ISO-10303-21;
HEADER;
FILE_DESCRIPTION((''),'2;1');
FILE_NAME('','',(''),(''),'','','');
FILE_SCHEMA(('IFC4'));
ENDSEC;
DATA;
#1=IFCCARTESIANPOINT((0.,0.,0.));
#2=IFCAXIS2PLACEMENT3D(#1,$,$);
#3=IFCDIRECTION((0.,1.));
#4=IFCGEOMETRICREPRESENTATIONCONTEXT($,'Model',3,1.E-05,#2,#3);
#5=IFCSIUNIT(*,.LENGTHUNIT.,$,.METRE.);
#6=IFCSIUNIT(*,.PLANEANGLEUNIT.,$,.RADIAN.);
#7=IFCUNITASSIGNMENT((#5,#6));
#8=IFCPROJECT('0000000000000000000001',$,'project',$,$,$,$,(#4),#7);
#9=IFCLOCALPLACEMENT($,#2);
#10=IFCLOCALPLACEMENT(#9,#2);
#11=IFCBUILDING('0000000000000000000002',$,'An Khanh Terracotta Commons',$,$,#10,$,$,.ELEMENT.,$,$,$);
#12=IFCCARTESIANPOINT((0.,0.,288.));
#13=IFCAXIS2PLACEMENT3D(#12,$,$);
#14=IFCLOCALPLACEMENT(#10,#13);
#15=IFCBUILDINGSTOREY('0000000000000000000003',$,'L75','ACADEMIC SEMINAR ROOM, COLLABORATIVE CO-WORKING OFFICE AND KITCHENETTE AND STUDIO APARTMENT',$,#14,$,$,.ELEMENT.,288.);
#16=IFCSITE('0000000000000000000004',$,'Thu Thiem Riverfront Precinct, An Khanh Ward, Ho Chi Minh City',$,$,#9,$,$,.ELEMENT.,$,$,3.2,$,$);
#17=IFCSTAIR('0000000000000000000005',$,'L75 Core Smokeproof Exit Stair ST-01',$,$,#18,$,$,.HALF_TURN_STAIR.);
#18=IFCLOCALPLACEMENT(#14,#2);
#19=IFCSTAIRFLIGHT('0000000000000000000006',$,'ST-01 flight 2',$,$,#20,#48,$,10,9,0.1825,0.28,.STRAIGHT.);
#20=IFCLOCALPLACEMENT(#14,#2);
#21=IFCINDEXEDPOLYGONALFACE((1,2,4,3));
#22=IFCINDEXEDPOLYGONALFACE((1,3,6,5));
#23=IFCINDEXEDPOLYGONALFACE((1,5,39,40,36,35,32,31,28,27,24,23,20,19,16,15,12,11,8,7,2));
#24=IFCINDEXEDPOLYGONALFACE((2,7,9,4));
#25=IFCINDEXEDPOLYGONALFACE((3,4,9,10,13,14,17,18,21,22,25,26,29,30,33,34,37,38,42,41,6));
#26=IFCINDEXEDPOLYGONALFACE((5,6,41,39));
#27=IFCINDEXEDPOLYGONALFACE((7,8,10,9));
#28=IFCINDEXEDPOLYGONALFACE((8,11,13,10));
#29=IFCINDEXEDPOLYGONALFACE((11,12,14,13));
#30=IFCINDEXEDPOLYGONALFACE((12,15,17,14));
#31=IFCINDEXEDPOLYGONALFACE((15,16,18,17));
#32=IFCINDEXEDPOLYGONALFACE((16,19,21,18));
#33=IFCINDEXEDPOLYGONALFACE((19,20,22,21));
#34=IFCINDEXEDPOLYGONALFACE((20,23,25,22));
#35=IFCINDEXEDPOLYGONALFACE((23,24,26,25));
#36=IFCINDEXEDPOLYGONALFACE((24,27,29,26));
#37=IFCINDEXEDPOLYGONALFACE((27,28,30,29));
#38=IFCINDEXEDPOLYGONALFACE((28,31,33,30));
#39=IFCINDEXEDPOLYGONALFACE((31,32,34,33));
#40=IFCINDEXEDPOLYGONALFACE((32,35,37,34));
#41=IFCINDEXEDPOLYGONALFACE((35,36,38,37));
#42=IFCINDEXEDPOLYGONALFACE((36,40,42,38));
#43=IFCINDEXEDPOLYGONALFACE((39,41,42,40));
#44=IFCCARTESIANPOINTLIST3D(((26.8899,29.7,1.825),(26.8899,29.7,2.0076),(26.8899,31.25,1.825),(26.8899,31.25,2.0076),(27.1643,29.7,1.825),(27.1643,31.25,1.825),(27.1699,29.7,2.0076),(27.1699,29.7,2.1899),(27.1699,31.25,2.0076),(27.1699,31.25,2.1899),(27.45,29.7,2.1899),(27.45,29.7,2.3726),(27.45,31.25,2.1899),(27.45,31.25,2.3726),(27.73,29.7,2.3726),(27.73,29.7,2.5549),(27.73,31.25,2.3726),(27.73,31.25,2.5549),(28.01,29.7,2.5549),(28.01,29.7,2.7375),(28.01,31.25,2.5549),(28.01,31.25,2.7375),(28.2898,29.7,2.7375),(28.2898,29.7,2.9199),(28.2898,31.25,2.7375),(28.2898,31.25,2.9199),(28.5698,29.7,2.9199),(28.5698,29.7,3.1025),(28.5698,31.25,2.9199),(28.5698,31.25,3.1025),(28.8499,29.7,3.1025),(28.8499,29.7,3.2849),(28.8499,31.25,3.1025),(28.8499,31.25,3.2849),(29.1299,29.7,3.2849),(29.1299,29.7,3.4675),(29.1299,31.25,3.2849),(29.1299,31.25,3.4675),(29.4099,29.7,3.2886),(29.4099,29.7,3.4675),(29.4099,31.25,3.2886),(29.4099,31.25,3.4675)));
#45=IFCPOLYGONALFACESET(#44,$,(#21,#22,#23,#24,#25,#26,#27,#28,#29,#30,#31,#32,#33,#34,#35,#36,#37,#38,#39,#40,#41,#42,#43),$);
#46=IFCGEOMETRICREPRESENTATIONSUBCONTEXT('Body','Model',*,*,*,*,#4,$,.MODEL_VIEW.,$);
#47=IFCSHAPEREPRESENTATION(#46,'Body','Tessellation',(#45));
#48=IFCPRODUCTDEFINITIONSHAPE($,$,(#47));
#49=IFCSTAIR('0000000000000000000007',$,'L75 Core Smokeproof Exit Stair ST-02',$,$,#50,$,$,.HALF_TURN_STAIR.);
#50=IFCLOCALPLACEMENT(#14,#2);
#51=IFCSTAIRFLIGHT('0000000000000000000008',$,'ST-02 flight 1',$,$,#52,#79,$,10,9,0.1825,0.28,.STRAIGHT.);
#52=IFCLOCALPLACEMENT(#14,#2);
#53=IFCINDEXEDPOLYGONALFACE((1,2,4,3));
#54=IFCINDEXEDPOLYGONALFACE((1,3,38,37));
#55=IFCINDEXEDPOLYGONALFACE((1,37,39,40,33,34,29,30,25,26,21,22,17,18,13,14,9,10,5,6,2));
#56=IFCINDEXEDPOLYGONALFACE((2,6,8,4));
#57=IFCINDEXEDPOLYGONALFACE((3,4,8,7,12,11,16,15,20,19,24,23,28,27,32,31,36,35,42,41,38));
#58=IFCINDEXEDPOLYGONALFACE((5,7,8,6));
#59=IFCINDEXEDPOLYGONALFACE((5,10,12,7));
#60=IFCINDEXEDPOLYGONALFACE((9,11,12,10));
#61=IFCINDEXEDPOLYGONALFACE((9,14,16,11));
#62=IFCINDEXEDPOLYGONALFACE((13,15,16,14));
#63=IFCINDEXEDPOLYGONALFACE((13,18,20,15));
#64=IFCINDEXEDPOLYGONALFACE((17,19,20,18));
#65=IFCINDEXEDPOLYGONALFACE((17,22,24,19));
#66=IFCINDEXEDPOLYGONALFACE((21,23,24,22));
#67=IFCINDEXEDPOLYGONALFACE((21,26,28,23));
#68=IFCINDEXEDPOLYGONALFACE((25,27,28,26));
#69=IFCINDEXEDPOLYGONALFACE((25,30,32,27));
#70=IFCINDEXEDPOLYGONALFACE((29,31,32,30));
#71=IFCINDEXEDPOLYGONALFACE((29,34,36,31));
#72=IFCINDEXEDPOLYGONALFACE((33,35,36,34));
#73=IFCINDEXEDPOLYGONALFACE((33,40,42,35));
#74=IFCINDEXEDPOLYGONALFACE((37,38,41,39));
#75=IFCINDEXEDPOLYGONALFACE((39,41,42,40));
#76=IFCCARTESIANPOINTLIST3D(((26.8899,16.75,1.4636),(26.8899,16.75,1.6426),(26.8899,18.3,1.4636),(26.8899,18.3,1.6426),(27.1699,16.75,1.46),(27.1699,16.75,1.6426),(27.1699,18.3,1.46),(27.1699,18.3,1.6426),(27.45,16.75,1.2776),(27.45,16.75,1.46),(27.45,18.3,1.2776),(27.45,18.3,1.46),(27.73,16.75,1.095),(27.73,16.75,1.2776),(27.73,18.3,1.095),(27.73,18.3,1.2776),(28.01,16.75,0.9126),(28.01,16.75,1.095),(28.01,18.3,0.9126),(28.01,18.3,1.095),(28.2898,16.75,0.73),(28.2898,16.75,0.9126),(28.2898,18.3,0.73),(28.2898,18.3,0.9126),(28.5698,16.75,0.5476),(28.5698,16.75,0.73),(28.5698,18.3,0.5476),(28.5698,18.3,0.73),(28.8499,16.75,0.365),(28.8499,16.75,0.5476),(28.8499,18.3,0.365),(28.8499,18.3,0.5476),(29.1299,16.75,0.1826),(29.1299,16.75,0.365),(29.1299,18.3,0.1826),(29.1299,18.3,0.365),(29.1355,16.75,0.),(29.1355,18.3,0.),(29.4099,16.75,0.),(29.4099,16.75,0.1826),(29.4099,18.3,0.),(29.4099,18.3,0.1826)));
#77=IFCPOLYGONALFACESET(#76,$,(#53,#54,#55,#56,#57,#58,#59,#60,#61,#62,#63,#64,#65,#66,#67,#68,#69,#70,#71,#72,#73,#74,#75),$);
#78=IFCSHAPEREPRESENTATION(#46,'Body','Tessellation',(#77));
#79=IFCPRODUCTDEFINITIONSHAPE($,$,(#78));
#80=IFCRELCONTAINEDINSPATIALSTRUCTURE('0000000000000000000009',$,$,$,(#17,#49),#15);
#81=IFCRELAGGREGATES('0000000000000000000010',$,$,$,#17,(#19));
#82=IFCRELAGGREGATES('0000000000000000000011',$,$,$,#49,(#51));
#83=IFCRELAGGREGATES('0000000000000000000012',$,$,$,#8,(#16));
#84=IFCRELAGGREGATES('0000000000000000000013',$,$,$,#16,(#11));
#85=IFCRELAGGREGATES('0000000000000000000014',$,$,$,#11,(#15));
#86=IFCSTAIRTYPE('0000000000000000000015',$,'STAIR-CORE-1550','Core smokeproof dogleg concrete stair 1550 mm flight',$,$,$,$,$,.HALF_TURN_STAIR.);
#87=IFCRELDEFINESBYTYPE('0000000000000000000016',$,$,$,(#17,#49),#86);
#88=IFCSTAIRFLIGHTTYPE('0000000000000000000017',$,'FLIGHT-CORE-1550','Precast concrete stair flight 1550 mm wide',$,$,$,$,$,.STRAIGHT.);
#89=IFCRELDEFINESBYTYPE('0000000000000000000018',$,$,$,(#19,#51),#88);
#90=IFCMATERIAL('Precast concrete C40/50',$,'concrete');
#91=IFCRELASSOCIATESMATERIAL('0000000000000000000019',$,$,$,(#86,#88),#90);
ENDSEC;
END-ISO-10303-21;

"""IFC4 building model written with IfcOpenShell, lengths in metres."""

from ifc_helpers import new_model, si_unit, direction, frame, origin, place, context, subcontext, project, spatial, polyline, outline, extrude, material, type_object, element, aggregate, save


model = new_model("IFC4")

# Units and contexts
model_context = context("Model", 3, precision=1e-05, world=origin(), true_north=direction((0.0, 1.0)))
body_context = subcontext(model_context, "Body", "Model", "MODEL_VIEW")
ifc_project = project(units=[si_unit("LENGTHUNIT", "METRE"), si_unit("PLANEANGLEUNIT", "RADIAN")], contexts=[model_context])

# Site, building, storey
site_placement = place(None, origin())
site = spatial("IfcSite", under=ifc_project, at=site_placement, Name="Thu Thiem Riverfront Precinct, An Khanh Ward, Ho Chi Minh City", CompositionType="ELEMENT", RefElevation=3.2)
building_placement = place(site_placement, origin())
building = spatial("IfcBuilding", under=site, at=building_placement, Name="An Khanh Terracotta Commons", CompositionType="ELEMENT")
storey_placement = place(building_placement, frame((0.0, 0.0, 288.0)))
storey = spatial("IfcBuildingStorey", under=building, at=storey_placement, Name="L75", Description="ACADEMIC SEMINAR ROOM, COLLABORATIVE CO-WORKING OFFICE AND KITCHENETTE AND STUDIO APARTMENT", CompositionType="ELEMENT", Elevation=288.0)

# Shared definitions
ifc_material_1 = material(Name="Precast concrete C40/50", Category="concrete")

# Stair, stair flight
stair_type = type_object("IfcStairType", Name="STAIR-CORE-1550", Description="Core smokeproof dogleg concrete stair 1550 mm flight", PredefinedType="HALF_TURN_STAIR", material=ifc_material_1)
stair_1_placement = place(storey_placement, origin())
stair_1 = element("IfcStair", 1, at=stair_1_placement, inside=storey, type_object=stair_type, Name="L75 Core Smokeproof Exit Stair ST-01", PredefinedType="HALF_TURN_STAIR")
stair_flight_type = type_object("IfcStairFlightType", Name="FLIGHT-CORE-1550", Description="Precast concrete stair flight 1550 mm wide", PredefinedType="STRAIGHT", material=ifc_material_1)
stair_flight_1_placement = place(storey_placement, frame((26.8899, 30.4751, 1.825), z_axis=(0.0, 0.0, 1.0), x_axis=(1.0, 0.0, 0.0)))
stair_flight_1 = element("IfcStairFlight", 2, at=stair_flight_1_placement, type_object=stair_flight_type, Name="ST-01 flight 2", NumberOfRisers=10, NumberOfTreads=9, PredefinedType="STRAIGHT", RiserHeight=0.1825, TreadLength=0.28, context=body_context, shape_type="SweptSolid", body=[
    extrude(outline(polyline([(0.0, 0.0), (0.0, 0.1826), (0.28, 0.1826), (0.28, 0.365), (0.5601, 0.365), (0.5601, 0.5476), (0.8401, 0.5476), (0.8401, 0.73), (1.1201, 0.73), (1.1201, 0.9126), (1.3999, 0.9126), (1.3999, 1.095), (1.6799, 1.095), (1.6799, 1.2776), (1.96, 1.2776), (1.96, 1.46), (2.24, 1.46), (2.24, 1.6426), (2.52, 1.6426), (2.52, 1.825), (2.52, 1.4636), (0.2744, 0.0), (0.0, 0.0)])), frame((0.0, 0.7749, 0.0), z_axis=(0.0, -1.0, 0.0), x_axis=(1.0, 0.0, 0.0)), (0.0, 0.0, 1.0), 1.55),
])
aggregate(stair_1, [stair_flight_1])

# Stair, stair flight
stair_2_placement = place(storey_placement, origin())
stair_2 = element("IfcStair", 3, at=stair_2_placement, inside=storey, type_object=stair_type, Name="L75 Core Smokeproof Exit Stair ST-02", PredefinedType="HALF_TURN_STAIR")
stair_flight_2_placement = place(storey_placement, frame((29.4099, 17.5249, 0.0), z_axis=(0.0, 0.0, 1.0), x_axis=(-1.0, 0.0, 0.0)))
stair_flight_2 = element("IfcStairFlight", 4, at=stair_flight_2_placement, type_object=stair_flight_type, Name="ST-02 flight 1", NumberOfRisers=10, NumberOfTreads=9, PredefinedType="STRAIGHT", RiserHeight=0.1825, TreadLength=0.28, context=body_context, shape_type="SweptSolid", body=[
    extrude(outline(polyline([(0.0, 0.0), (0.0, 0.1826), (0.28, 0.1826), (0.28, 0.365), (0.5601, 0.365), (0.5601, 0.5476), (0.8401, 0.5476), (0.8401, 0.73), (1.1201, 0.73), (1.1201, 0.9126), (1.3999, 0.9126), (1.3999, 1.095), (1.6799, 1.095), (1.6799, 1.2776), (1.96, 1.2776), (1.96, 1.46), (2.24, 1.46), (2.24, 1.6426), (2.52, 1.6426), (2.52, 1.825), (2.52, 1.4636), (0.2744, 0.0), (0.0, 0.0)])), frame((0.0, 0.7749, 0.0), z_axis=(0.0, -1.0, 0.0), x_axis=(1.0, 0.0, 0.0)), (0.0, 0.0, 1.0), 1.55),
])
aggregate(stair_2, [stair_flight_2])

save(model, "model.ifc")
